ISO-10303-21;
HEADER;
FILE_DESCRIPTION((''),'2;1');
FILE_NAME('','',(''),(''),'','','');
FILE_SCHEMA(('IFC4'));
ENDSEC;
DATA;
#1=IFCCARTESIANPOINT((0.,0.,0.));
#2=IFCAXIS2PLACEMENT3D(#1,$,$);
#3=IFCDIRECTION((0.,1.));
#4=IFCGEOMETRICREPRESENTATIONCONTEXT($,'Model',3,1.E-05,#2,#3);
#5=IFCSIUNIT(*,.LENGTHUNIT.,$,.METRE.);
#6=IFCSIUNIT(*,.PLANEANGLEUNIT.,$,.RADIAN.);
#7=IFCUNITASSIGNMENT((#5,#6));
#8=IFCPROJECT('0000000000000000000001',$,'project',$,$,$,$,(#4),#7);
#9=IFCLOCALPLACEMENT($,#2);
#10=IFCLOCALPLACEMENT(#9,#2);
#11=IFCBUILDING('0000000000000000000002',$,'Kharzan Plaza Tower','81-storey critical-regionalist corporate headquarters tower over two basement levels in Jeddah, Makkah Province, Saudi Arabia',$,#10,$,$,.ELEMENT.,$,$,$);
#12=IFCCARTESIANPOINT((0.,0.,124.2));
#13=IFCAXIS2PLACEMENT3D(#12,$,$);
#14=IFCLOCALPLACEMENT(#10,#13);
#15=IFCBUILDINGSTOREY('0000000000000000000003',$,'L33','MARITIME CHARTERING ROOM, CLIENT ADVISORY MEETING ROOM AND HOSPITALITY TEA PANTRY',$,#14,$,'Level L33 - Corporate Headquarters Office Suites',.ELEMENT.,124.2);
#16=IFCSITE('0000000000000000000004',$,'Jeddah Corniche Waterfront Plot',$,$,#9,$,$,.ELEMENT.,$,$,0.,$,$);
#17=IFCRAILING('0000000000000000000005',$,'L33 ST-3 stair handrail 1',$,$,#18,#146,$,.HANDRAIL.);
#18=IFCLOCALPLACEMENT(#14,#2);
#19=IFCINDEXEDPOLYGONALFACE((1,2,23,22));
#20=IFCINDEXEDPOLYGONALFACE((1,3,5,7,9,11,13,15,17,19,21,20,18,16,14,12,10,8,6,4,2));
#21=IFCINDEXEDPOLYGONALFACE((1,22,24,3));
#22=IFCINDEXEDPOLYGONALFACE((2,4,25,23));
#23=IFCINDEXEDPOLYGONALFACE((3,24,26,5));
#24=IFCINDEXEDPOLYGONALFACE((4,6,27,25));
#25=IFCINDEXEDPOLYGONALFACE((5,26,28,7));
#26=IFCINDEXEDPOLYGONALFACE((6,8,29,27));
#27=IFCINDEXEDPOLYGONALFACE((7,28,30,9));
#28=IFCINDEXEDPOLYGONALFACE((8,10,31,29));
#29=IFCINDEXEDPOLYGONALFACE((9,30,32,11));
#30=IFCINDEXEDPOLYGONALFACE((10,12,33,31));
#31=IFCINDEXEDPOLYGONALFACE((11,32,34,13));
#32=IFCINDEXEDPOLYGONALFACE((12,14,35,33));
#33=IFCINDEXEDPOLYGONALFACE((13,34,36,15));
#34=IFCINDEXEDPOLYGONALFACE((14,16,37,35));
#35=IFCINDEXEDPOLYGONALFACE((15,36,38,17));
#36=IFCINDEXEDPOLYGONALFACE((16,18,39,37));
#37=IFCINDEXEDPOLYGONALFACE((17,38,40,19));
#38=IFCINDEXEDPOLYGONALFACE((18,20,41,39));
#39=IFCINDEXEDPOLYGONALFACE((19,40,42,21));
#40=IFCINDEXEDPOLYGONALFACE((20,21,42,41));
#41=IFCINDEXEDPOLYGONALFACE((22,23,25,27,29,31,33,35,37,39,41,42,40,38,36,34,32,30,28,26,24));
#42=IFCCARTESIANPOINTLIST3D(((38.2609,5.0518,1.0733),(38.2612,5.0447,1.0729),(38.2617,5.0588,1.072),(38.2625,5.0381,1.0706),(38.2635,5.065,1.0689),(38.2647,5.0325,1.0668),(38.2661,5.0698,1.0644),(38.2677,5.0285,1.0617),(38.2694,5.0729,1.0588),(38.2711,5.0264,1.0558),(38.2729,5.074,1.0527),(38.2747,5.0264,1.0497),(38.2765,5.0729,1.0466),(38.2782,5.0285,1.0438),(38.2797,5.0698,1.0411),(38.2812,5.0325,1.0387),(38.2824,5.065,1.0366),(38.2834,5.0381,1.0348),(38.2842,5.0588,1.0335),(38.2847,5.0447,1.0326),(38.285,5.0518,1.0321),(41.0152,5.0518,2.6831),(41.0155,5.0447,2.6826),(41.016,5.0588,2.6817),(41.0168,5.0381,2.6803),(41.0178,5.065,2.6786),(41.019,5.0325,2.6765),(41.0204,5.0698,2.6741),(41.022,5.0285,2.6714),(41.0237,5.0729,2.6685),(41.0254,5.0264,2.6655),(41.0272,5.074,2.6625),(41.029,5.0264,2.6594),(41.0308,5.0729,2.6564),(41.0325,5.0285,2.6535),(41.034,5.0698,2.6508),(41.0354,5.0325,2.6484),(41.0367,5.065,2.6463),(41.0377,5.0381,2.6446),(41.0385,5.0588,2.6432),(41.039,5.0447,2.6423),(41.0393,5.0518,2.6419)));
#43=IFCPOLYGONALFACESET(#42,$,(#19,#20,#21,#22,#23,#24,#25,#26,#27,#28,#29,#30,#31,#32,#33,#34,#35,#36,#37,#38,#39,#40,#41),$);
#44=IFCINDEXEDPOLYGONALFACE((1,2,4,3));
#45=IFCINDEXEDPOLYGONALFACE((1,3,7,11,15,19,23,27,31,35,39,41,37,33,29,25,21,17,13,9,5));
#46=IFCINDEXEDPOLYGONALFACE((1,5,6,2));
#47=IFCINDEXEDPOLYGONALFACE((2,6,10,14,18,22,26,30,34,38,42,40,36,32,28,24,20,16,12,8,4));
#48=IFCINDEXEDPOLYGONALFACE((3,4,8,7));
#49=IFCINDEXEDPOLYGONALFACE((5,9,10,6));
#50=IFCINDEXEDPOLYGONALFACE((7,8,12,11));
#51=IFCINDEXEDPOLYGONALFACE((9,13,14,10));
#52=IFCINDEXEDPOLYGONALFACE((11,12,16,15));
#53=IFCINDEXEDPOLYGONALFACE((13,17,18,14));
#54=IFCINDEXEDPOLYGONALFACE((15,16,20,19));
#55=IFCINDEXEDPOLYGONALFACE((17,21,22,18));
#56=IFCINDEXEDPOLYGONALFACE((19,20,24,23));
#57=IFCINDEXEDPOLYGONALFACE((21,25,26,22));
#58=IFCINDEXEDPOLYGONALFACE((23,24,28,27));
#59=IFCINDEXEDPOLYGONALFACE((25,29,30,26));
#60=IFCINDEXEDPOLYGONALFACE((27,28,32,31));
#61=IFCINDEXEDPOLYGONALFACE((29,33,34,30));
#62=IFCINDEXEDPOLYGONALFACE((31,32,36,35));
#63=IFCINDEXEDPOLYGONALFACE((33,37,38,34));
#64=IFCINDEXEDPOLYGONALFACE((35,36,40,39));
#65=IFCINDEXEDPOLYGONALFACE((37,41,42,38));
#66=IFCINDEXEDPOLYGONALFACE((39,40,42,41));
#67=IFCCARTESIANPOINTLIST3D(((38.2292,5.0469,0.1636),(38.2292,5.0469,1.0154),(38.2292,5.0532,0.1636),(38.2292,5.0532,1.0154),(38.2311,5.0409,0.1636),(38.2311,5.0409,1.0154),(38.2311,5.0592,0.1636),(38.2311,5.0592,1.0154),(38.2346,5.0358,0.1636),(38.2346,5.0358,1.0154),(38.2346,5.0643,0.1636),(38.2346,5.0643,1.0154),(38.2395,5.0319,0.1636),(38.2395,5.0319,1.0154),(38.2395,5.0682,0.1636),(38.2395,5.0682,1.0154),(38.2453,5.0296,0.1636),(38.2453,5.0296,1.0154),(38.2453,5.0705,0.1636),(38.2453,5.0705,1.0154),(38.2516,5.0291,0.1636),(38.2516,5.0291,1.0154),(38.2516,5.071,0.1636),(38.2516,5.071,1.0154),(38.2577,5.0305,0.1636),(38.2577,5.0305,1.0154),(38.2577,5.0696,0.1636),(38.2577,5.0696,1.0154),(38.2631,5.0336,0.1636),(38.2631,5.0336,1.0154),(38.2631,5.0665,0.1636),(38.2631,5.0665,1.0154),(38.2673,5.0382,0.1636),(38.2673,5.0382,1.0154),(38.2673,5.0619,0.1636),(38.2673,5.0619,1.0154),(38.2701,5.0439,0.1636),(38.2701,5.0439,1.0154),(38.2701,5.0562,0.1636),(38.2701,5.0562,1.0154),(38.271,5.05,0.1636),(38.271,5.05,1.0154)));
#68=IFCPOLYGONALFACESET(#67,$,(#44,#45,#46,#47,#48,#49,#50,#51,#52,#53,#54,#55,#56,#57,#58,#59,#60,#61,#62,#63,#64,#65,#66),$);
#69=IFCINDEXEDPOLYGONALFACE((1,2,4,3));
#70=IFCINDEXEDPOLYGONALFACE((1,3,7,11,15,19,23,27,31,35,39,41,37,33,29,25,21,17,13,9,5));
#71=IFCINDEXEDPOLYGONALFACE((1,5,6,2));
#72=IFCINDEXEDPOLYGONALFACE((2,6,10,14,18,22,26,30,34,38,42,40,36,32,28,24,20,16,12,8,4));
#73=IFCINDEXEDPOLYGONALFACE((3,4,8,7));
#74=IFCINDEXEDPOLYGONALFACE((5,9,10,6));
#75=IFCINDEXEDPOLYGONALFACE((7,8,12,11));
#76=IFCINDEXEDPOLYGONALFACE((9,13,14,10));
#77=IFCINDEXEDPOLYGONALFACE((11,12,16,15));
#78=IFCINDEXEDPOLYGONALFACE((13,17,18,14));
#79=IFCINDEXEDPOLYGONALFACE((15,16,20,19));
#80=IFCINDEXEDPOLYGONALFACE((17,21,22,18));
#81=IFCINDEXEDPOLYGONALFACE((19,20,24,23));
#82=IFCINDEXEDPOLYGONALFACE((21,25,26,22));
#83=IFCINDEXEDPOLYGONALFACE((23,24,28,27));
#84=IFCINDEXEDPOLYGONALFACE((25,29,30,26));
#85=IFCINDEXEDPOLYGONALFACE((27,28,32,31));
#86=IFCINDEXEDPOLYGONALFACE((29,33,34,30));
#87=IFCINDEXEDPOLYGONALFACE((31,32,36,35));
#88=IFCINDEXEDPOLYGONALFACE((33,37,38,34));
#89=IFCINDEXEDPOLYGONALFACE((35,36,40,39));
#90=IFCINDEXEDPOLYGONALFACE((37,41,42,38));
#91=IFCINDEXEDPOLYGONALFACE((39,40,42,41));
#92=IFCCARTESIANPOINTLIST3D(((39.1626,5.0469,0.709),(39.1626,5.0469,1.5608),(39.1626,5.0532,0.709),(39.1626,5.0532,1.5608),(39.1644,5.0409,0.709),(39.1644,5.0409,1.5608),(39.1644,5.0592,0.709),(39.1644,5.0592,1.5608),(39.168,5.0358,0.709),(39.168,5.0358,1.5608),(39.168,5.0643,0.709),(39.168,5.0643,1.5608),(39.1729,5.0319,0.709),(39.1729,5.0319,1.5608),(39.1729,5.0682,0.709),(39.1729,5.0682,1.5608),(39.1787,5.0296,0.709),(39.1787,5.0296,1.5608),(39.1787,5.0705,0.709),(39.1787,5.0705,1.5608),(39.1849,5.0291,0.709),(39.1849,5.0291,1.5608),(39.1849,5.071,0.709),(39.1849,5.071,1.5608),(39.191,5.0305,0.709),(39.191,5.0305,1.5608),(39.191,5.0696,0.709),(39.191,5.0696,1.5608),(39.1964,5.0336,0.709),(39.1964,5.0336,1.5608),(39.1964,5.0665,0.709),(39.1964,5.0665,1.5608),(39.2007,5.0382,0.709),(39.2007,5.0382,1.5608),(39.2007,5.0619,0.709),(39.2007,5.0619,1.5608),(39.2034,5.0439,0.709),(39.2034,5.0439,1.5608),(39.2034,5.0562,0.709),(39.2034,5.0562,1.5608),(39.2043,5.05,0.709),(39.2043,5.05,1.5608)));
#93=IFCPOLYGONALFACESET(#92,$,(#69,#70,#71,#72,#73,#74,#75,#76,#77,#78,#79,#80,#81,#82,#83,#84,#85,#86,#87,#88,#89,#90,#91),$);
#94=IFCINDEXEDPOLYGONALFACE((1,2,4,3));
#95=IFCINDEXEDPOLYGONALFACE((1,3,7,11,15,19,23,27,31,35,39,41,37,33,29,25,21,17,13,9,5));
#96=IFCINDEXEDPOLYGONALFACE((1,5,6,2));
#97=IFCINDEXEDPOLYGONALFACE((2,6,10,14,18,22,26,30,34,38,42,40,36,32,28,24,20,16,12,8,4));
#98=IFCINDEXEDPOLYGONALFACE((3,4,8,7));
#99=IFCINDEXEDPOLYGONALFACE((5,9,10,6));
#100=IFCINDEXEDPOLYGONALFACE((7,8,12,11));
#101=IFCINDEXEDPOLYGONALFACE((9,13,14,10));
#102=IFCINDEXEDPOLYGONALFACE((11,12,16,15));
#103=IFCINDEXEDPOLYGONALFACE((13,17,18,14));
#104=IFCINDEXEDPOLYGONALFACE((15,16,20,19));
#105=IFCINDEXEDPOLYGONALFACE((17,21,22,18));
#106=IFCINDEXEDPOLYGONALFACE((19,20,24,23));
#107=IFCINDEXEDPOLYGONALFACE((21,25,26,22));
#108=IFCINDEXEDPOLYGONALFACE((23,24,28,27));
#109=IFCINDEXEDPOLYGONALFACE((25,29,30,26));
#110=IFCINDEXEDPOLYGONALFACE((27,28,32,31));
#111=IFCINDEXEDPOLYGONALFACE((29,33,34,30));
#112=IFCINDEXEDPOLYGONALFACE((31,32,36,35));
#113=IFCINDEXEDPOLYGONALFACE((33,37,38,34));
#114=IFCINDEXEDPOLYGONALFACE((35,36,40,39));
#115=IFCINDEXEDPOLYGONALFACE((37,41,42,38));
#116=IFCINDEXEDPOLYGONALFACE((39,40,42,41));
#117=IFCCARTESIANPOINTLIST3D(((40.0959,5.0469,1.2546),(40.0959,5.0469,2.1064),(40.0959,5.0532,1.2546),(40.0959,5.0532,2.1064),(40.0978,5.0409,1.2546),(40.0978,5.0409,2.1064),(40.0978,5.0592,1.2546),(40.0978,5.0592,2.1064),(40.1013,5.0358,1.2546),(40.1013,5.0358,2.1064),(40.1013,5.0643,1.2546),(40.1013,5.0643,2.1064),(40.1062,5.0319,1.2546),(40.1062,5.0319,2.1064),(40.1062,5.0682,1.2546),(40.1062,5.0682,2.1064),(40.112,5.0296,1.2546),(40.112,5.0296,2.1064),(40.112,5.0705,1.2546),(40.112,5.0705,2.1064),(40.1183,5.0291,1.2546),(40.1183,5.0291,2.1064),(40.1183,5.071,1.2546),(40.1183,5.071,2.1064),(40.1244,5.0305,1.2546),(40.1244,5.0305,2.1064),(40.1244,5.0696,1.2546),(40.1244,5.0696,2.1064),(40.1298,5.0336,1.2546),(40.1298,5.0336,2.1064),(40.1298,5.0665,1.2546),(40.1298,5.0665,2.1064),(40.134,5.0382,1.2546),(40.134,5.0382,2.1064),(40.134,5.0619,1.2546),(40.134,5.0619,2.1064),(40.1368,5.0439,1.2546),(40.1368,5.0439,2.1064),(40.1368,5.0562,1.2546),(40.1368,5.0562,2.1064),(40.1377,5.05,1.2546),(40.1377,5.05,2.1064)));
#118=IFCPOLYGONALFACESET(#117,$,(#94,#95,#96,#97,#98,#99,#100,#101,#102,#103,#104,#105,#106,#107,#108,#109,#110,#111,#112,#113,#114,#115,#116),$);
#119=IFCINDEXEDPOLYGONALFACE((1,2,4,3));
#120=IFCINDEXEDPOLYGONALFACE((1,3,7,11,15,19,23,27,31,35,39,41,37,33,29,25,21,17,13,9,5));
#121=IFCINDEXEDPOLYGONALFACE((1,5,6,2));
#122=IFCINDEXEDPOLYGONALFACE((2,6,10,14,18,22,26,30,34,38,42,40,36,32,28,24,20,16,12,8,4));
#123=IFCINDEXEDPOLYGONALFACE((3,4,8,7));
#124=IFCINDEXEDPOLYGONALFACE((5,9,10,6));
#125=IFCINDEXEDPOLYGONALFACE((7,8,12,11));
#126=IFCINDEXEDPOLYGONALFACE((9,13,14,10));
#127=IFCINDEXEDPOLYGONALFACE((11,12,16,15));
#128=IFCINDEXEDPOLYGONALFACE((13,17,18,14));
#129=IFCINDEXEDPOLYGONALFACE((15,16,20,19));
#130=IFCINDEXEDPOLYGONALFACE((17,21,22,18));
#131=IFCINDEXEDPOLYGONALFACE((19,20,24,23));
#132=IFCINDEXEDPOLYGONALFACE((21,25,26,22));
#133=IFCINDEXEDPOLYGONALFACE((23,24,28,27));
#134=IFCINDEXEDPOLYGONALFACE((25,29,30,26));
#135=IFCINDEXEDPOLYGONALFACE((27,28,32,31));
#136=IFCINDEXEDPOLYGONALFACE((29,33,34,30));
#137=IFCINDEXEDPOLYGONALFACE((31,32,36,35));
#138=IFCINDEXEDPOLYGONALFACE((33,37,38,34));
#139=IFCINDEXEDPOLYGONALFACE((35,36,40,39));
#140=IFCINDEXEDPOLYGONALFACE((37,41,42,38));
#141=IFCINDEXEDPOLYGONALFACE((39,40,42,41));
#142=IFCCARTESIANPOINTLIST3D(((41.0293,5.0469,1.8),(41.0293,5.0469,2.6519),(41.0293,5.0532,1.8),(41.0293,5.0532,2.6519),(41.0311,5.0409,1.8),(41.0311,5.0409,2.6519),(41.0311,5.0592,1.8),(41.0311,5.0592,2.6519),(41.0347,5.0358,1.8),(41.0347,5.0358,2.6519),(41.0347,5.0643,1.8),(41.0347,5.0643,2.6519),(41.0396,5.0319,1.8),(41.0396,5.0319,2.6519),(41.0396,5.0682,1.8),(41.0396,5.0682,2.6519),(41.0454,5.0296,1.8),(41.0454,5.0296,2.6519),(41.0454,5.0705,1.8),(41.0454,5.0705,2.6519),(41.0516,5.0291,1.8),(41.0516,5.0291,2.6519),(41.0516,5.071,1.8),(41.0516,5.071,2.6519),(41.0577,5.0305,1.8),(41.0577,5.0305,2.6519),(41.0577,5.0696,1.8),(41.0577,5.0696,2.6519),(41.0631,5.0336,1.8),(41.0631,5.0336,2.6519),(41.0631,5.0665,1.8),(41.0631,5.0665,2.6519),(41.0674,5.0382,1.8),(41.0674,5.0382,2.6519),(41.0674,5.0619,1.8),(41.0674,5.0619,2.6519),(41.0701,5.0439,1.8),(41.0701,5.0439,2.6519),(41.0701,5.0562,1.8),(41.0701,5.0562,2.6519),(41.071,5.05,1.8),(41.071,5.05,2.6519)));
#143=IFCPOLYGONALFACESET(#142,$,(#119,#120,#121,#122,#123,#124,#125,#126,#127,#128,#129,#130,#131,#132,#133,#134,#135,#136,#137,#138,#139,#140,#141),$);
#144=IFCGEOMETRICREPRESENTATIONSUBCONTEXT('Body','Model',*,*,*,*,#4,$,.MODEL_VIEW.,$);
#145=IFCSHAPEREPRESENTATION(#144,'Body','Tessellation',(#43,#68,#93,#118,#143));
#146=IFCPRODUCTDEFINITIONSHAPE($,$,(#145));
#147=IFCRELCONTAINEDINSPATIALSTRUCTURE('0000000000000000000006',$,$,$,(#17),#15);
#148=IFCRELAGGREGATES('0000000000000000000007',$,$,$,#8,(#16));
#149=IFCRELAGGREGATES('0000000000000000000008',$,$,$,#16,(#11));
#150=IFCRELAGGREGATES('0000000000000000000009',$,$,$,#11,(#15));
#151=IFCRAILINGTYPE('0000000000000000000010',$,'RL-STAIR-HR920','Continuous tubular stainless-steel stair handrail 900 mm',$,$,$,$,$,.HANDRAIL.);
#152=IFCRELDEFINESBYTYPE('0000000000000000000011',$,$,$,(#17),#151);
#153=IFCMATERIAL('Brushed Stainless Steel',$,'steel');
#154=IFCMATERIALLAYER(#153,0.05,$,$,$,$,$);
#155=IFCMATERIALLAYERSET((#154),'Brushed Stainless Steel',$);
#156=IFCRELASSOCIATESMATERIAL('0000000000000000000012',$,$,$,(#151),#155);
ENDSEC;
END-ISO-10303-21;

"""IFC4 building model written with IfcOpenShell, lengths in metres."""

from ifc_helpers import new_model, si_unit, direction, frame, origin, origin_2d, place, context, subcontext, project, spatial, circle, extrude, source, transform, mapped, material, layer, layer_set, type_object, element, save


model = new_model("IFC4")

# Units and contexts
model_context = context("Model", 3, precision=1e-05, world=origin(), true_north=direction((0.0, 1.0)))
body_context = subcontext(model_context, "Body", "Model", "MODEL_VIEW")
ifc_project = project(units=[si_unit("LENGTHUNIT", "METRE"), si_unit("PLANEANGLEUNIT", "RADIAN")], contexts=[model_context])

# Site, building, storey
site_placement = place(None, origin())
site = spatial("IfcSite", under=ifc_project, at=site_placement, Name="Jeddah Corniche Waterfront Plot", CompositionType="ELEMENT", RefElevation=0.0)
building_placement = place(site_placement, origin())
building = spatial("IfcBuilding", under=site, at=building_placement, Name="Kharzan Plaza Tower", Description="81-storey critical-regionalist corporate headquarters tower over two basement levels in Jeddah, Makkah Province, Saudi Arabia", CompositionType="ELEMENT")
storey_placement = place(building_placement, frame((0.0, 0.0, 124.2)))
storey = spatial("IfcBuildingStorey", under=building, at=storey_placement, Name="L33", Description="MARITIME CHARTERING ROOM, CLIENT ADVISORY MEETING ROOM AND HOSPITALITY TEA PANTRY", LongName="Level L33 - Corporate Headquarters Office Suites", CompositionType="ELEMENT", Elevation=124.2)

# Shared definitions
ifc_material_1 = material(Name="Brushed Stainless Steel", Category="steel")

# Railing
ifc_layer_1 = layer(ifc_material_1, 0.05)
ifc_layer_set_1 = layer_set([ifc_layer_1], Name="Brushed Stainless Steel")
railing_type_1 = type_object("IfcRailingType", Name="RL-STAIR-HR920", Description="Continuous tubular stainless-steel stair handrail 900 mm", PredefinedType="HANDRAIL", material=ifc_layer_set_1)
shared_shape_1 = source(origin(), body_context, "Body", "SweptSolid", [
    extrude(circle(Radius=0.0239, at=origin_2d()), frame((0.0229, 0.0, 0.8892), z_axis=(0.863361, 0.0, 0.504587), x_axis=(0.0, 1.0, 0.0)), (0.0, 0.0, 1.0), 3.1902),
    extrude(circle(Radius=0.021, at=origin_2d()), origin(), (0.0, 0.0, 1.0), 0.8518),
    extrude(circle(Radius=0.021, at=origin_2d()), frame((0.9333, 0.0, 0.5454)), (0.0, 0.0, 1.0), 0.8518),
    extrude(circle(Radius=0.021, at=origin_2d()), frame((1.8667, 0.0, 1.0911)), (0.0, 0.0, 1.0), 0.8518),
    extrude(circle(Radius=0.021, at=origin_2d()), frame((2.8, 0.0, 1.6365)), (0.0, 0.0, 1.0), 0.8518),
])
railing_1_placement = place(storey_placement, frame((38.25, 5.05, 0.1636)))
element("IfcRailing", 1, at=railing_1_placement, inside=storey, type_object=railing_type_1, Name="L33 ST-3 stair handrail 1", PredefinedType="HANDRAIL", context=body_context, shape_type="MappedRepresentation", body=[
    mapped(shared_shape_1, transform((0.0, 0.0, 0.0), x_axis=(1.0, 0.0, 0.0), y_axis=(0.0, 1.0, 0.0), z_axis=(0.0, 0.0, 1.0))),
])

save(model, "model.ifc")
